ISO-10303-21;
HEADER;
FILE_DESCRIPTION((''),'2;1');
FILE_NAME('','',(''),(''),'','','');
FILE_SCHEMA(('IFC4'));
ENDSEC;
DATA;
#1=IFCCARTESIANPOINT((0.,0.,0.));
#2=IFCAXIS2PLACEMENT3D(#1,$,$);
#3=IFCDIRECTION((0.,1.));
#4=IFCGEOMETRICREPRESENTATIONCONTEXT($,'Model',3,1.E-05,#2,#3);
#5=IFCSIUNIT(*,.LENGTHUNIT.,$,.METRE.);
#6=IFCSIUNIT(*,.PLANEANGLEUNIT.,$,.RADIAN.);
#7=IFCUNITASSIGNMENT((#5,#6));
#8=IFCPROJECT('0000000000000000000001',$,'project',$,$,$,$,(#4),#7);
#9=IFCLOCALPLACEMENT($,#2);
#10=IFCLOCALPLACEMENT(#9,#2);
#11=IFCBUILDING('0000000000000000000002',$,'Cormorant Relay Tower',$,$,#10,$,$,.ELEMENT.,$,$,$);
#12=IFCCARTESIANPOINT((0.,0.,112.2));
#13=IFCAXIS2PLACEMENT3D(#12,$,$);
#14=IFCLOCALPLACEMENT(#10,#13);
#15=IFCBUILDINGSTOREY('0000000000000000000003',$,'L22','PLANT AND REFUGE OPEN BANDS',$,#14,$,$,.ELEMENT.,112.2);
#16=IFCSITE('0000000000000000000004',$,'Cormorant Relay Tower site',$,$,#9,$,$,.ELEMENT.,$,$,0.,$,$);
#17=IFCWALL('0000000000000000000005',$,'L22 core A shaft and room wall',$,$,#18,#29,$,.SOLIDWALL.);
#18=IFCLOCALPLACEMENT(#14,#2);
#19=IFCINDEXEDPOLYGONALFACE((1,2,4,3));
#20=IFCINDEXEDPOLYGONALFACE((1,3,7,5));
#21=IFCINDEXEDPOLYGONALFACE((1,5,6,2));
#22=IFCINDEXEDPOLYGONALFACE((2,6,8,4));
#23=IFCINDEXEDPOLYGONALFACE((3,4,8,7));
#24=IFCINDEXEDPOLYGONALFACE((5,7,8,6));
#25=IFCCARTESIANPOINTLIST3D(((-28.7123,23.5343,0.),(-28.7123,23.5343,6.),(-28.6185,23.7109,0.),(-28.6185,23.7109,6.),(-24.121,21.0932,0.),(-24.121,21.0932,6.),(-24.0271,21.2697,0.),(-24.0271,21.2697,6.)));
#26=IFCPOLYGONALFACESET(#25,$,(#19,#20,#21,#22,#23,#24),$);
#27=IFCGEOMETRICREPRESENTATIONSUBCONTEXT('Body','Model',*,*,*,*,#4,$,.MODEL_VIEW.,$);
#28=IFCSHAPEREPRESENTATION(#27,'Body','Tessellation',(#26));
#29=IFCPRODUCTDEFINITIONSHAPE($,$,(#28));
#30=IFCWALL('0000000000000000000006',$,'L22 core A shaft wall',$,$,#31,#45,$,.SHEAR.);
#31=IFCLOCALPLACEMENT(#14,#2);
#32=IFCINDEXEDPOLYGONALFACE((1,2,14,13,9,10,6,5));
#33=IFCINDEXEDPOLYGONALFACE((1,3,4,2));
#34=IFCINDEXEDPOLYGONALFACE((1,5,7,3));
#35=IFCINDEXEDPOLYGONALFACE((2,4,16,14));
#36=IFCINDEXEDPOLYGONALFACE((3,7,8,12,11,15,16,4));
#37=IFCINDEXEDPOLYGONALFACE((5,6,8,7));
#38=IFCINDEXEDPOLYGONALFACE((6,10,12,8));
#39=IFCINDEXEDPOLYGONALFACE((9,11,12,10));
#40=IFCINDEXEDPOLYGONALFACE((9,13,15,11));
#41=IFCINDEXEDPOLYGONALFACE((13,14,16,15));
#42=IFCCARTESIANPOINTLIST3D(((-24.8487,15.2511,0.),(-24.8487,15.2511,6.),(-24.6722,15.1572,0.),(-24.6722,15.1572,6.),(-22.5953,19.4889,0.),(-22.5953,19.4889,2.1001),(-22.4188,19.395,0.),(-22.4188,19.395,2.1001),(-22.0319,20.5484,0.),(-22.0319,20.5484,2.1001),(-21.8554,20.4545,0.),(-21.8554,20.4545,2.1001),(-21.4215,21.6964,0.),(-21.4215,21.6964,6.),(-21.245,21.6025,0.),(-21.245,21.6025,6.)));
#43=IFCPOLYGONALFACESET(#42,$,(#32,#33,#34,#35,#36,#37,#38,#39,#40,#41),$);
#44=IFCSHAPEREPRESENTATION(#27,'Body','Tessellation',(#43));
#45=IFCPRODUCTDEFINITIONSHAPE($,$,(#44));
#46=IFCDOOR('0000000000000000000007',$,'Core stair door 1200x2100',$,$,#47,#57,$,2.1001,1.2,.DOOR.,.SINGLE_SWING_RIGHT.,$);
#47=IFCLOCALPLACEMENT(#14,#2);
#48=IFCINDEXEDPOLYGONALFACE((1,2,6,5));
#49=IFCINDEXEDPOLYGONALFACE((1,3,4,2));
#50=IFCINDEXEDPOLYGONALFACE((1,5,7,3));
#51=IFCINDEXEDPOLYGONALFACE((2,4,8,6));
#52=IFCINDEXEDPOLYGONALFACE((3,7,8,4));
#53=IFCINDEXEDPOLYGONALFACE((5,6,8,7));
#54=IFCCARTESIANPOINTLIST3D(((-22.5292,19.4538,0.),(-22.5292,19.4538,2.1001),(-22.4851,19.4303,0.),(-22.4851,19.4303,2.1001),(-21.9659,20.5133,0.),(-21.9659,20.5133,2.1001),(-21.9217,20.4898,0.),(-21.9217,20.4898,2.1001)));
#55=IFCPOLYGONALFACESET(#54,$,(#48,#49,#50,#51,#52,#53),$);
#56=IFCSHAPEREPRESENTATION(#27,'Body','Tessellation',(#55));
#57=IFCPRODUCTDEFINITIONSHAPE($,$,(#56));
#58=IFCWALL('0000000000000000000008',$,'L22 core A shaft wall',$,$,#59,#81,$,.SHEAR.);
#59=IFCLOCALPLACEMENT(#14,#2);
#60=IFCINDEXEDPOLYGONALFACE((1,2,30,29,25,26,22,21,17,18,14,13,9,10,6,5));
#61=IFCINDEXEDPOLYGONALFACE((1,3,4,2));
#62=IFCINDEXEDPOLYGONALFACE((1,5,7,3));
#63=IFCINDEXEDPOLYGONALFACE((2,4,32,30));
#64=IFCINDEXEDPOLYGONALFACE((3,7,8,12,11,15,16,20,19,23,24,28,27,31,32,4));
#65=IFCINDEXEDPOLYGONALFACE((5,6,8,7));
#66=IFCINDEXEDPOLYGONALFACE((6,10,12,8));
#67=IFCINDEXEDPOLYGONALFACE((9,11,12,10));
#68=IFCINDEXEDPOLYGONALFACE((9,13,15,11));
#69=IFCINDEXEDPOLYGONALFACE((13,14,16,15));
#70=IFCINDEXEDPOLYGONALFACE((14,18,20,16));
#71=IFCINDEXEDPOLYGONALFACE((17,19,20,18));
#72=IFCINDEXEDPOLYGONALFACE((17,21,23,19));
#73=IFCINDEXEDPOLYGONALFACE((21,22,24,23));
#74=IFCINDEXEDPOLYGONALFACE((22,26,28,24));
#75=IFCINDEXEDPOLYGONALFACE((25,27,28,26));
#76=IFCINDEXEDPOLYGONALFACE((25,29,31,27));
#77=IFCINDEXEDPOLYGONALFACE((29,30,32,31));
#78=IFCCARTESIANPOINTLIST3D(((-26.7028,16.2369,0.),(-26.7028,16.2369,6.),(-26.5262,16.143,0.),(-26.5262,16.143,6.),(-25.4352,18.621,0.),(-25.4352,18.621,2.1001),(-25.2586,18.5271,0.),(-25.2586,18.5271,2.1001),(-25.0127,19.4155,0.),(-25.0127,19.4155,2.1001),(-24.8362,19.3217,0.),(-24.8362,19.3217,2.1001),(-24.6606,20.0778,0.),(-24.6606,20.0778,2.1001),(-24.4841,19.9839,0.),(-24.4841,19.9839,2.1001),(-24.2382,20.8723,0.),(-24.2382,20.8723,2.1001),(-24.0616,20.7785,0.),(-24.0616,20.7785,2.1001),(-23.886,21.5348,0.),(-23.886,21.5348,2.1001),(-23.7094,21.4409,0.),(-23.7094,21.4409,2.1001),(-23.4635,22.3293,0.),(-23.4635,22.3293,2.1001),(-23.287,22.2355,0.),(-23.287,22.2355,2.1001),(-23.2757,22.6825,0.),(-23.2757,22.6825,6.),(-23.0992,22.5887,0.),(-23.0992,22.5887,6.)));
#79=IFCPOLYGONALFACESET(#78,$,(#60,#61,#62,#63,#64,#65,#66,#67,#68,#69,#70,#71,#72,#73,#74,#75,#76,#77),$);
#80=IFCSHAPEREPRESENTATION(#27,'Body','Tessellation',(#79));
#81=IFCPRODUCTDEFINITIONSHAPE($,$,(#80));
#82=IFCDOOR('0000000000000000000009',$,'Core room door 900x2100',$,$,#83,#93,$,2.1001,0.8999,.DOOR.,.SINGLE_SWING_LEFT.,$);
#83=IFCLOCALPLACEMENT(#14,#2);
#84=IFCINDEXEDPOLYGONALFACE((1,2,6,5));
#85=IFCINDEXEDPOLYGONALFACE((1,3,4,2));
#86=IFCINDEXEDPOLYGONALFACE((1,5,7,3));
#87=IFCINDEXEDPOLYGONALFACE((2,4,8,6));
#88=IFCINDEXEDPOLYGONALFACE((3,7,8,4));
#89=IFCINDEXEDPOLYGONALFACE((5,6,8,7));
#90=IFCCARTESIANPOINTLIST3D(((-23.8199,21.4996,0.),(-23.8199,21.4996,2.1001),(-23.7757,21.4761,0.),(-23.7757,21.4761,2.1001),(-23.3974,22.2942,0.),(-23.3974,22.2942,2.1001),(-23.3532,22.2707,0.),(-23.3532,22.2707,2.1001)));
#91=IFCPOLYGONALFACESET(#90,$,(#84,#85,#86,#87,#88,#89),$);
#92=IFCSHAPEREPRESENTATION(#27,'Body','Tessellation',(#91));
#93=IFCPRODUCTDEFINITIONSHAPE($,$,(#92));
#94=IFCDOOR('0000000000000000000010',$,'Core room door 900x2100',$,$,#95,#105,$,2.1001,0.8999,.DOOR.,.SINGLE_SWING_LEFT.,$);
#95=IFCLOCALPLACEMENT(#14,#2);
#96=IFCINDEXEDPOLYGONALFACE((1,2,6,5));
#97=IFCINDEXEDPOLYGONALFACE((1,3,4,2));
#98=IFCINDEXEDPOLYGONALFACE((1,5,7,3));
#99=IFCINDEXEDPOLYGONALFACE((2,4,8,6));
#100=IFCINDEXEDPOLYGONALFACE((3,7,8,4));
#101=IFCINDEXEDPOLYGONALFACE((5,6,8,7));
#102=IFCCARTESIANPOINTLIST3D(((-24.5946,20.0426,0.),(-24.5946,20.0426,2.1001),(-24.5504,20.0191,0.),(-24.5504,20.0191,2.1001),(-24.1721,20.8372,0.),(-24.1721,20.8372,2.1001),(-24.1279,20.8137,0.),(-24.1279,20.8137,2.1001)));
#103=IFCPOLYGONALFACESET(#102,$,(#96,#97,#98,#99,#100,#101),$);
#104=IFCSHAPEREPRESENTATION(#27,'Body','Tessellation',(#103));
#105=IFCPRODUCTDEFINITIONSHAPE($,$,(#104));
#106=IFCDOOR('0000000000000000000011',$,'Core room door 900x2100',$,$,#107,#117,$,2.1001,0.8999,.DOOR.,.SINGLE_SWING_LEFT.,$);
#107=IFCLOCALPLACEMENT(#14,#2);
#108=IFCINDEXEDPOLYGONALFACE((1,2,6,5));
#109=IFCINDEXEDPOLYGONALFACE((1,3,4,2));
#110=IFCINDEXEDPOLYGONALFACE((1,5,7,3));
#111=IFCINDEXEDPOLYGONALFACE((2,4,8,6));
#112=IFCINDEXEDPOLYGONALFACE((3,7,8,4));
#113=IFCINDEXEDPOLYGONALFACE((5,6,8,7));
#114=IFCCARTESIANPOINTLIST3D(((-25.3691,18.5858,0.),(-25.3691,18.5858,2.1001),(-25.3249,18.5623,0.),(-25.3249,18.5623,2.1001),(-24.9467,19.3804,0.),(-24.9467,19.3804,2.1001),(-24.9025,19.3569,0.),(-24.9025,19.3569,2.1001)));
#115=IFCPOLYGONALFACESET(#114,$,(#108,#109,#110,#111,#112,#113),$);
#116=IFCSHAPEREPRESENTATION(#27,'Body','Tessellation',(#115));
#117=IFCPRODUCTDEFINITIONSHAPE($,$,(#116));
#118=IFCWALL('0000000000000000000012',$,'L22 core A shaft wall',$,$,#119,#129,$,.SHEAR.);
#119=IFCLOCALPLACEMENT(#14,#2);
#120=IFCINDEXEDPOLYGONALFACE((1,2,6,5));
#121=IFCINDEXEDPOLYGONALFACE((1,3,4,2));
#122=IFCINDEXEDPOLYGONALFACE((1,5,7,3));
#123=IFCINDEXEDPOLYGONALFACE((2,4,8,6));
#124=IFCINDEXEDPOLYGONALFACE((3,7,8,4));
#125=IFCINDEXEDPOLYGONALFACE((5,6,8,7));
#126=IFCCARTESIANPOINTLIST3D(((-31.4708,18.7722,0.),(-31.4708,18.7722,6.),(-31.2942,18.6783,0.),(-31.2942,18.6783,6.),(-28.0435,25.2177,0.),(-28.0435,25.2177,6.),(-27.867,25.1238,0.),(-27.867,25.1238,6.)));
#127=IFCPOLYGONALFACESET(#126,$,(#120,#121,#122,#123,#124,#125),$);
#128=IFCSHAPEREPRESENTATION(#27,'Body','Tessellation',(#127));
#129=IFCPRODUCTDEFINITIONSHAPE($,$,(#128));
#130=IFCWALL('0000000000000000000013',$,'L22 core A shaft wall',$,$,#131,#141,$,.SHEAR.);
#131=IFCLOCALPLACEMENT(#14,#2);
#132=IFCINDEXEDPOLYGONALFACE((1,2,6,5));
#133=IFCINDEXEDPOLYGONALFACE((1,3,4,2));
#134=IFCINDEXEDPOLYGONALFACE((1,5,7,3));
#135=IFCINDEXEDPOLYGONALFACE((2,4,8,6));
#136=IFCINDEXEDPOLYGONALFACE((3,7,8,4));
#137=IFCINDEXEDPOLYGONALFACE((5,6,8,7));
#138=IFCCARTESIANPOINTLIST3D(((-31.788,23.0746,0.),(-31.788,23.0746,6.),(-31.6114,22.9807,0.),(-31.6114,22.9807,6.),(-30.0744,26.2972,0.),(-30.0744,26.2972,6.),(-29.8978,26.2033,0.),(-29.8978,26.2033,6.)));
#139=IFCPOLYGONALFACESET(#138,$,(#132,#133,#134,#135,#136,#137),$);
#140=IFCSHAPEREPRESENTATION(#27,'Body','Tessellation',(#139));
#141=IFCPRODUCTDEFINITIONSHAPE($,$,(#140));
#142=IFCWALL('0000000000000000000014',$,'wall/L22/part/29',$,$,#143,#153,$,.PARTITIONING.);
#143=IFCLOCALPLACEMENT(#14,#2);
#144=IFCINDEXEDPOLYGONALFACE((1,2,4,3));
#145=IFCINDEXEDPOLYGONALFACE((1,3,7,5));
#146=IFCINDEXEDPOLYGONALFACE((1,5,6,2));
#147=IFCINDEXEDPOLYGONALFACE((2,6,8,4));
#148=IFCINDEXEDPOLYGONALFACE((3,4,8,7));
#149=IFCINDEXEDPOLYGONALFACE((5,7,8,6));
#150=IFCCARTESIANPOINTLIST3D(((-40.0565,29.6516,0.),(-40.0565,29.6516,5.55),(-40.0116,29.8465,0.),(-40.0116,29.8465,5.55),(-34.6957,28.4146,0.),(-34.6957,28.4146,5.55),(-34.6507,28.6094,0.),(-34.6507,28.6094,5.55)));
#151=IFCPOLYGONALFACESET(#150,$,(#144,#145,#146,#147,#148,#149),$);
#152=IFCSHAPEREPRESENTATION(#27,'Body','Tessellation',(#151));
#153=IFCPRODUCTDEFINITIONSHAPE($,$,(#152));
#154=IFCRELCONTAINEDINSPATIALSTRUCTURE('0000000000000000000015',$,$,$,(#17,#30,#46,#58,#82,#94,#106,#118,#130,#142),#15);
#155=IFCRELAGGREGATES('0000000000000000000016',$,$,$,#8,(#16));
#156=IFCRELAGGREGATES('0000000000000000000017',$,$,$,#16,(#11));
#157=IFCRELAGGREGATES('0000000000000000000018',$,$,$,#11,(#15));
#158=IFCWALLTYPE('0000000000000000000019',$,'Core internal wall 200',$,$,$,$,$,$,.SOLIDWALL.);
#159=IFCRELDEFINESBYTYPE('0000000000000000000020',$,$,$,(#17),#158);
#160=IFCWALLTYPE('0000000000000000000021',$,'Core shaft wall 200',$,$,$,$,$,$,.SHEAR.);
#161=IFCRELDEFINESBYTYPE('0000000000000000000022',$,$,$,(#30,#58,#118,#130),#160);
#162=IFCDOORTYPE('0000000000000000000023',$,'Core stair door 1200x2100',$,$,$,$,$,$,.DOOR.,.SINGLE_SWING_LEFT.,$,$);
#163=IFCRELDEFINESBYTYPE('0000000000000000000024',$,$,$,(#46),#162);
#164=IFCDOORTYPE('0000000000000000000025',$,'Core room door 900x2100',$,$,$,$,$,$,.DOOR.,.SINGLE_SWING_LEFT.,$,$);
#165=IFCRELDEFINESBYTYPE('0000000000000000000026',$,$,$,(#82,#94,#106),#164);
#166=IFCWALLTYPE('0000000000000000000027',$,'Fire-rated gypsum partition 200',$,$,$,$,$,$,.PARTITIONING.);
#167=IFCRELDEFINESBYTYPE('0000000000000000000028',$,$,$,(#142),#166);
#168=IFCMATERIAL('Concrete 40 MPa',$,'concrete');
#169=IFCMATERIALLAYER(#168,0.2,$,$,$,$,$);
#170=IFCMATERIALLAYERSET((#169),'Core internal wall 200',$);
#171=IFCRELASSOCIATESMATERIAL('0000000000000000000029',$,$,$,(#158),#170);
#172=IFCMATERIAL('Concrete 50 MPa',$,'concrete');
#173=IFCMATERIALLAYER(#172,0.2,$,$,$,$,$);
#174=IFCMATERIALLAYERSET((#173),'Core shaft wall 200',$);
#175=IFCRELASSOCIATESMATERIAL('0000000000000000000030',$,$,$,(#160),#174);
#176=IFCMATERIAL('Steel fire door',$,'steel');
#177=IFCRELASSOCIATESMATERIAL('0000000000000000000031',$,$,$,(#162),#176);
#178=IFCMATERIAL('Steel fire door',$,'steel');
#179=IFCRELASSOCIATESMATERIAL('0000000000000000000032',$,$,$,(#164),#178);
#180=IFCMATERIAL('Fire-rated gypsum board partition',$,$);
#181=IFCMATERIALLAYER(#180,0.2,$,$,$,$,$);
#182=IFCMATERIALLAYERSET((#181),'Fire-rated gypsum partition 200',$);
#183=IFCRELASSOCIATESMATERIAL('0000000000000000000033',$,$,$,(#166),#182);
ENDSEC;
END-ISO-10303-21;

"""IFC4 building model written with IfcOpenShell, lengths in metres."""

from ifc_helpers import new_model, si_unit, direction, frame, frame_2d, origin, place, context, subcontext, project, spatial, rectangle, extrude, material, layer, layer_set, type_object, element, fill, save


model = new_model("IFC4")

# Units and contexts
model_context = context("Model", 3, precision=1e-05, world=origin(), true_north=direction((0.0, 1.0)))
body_context = subcontext(model_context, "Body", "Model", "MODEL_VIEW")
ifc_project = project(units=[si_unit("LENGTHUNIT", "METRE"), si_unit("PLANEANGLEUNIT", "RADIAN")], contexts=[model_context])

# Site, building, storey
site_placement = place(None, origin())
site = spatial("IfcSite", under=ifc_project, at=site_placement, Name="Cormorant Relay Tower site", CompositionType="ELEMENT", RefElevation=0.0)
building_placement = place(site_placement, origin())
building = spatial("IfcBuilding", under=site, at=building_placement, Name="Cormorant Relay Tower", CompositionType="ELEMENT")
storey_placement = place(building_placement, frame((0.0, 0.0, 112.2)))
storey = spatial("IfcBuildingStorey", under=building, at=storey_placement, Name="L22", Description="PLANT AND REFUGE OPEN BANDS", CompositionType="ELEMENT", Elevation=112.2)

# Wall
ifc_material_1 = material(Name="Concrete 40 MPa", Category="concrete")
ifc_layer_1 = layer(ifc_material_1, 0.2)
ifc_layer_set_1 = layer_set([ifc_layer_1], Name="Core internal wall 200")
wall_type_1 = type_object("IfcWallType", Name="Core internal wall 200", PredefinedType="SOLIDWALL", material=ifc_layer_set_1)
wall_1_placement = place(storey_placement, frame((-24.074, 21.1814, 0.0), z_axis=(0.0, 0.0, 1.0), x_axis=(-0.882954, 0.46946, 0.0)))
element("IfcWall", 1, at=wall_1_placement, inside=storey, type_object=wall_type_1, Name="L22 core A shaft and room wall", PredefinedType="SOLIDWALL", context=body_context, shape_type="SweptSolid", body=[
    extrude(rectangle(XDim=5.2, YDim=0.2, at=frame_2d((2.6001, 0.0))), origin(), (0.0, 0.0, 1.0), 6.0),
])

# Wall, opening, door
ifc_material_2 = material(Name="Concrete 50 MPa", Category="concrete")
ifc_layer_2 = layer(ifc_material_2, 0.2)
ifc_layer_set_2 = layer_set([ifc_layer_2], Name="Core shaft wall 200")
wall_type_2 = type_object("IfcWallType", Name="Core shaft wall 200", PredefinedType="SHEAR", material=ifc_layer_set_2)
wall_2_placement = place(storey_placement, frame((-21.3333, 21.6494, 0.0), z_axis=(0.0, 0.0, 1.0), x_axis=(-0.469494, -0.882936, 0.0)))
wall_2 = element("IfcWall", 2, at=wall_2_placement, inside=storey, type_object=wall_type_2, Name="L22 core A shaft wall", PredefinedType="SHEAR", context=body_context, shape_type="SweptSolid", body=[
    extrude(rectangle(XDim=7.2998, YDim=0.2, at=frame_2d((3.6499, 0.0))), origin(), (0.0, 0.0, 1.0), 6.0),
])
opening_1_placement = place(wall_2_placement, frame((1.3, 0.0, 0.0)))
opening_1 = element("IfcOpeningElement", 3, at=opening_1_placement, cuts=wall_2, PredefinedType="OPENING", context=body_context, shape_type="SweptSolid", body=[
    extrude(rectangle(XDim=1.2, YDim=2.1001, at=frame_2d((0.6001, 1.05))), frame((0.0, 0.1099, 0.0), z_axis=(0.0, -1.0, 0.0), x_axis=(1.0, 0.0, 0.0)), (0.0, 0.0, 1.0), 0.22),
])
ifc_material_3 = material(Name="Steel fire door", Category="steel")
door_type_1 = type_object("IfcDoorType", Name="Core stair door 1200x2100", OperationType="SINGLE_SWING_LEFT", PredefinedType="DOOR", material=ifc_material_3)
door_1_placement = place(opening_1_placement, origin())
door_1 = element("IfcDoor", 4, at=door_1_placement, inside=storey, type_object=door_type_1, Name="Core stair door 1200x2100", OperationType="SINGLE_SWING_RIGHT", OverallHeight=2.1001, OverallWidth=1.2, PredefinedType="DOOR", context=body_context, shape_type="SweptSolid", body=[
    extrude(rectangle(XDim=1.2, YDim=2.1001, at=frame_2d((0.6001, 1.05))), frame((0.0, 0.0249, 0.0), z_axis=(0.0, -1.0, 0.0), x_axis=(1.0, 0.0, 0.0)), (0.0, 0.0, 1.0), 0.05),
])
fill(opening_1, door_1)

# Wall, openings, doors
wall_3_placement = place(storey_placement, frame((-23.1875, 22.6355, 0.0), z_axis=(0.0, 0.0, 1.0), x_axis=(-0.469454, -0.882957, 0.0)))
wall_3 = element("IfcWall", 5, at=wall_3_placement, inside=storey, type_object=wall_type_2, Name="L22 core A shaft wall", PredefinedType="SHEAR", context=body_context, shape_type="SweptSolid", body=[
    extrude(rectangle(XDim=7.3, YDim=0.2, at=frame_2d((3.6499, 0.0))), origin(), (0.0, 0.0, 1.0), 6.0),
])
opening_2_placement = place(wall_3_placement, frame((0.3999, 0.0, 0.0)))
opening_2 = element("IfcOpeningElement", 6, at=opening_2_placement, cuts=wall_3, PredefinedType="OPENING", context=body_context, shape_type="SweptSolid", body=[
    extrude(rectangle(XDim=0.8999, YDim=2.1001, at=frame_2d((0.45, 1.05))), frame((0.0, 0.1099, 0.0), z_axis=(0.0, -1.0, 0.0), x_axis=(1.0, 0.0, 0.0)), (0.0, 0.0, 1.0), 0.22),
])
opening_3_placement = place(wall_3_placement, frame((2.05, 0.0, 0.0)))
opening_3 = element("IfcOpeningElement", 7, at=opening_3_placement, cuts=wall_3, PredefinedType="OPENING", context=body_context, shape_type="SweptSolid", body=[
    extrude(rectangle(XDim=0.8999, YDim=2.1001, at=frame_2d((0.45, 1.05))), frame((0.0, 0.1099, 0.0), z_axis=(0.0, -1.0, 0.0), x_axis=(1.0, 0.0, 0.0)), (0.0, 0.0, 1.0), 0.22),
])
opening_4_placement = place(wall_3_placement, frame((3.7, 0.0, 0.0)))
opening_4 = element("IfcOpeningElement", 8, at=opening_4_placement, cuts=wall_3, PredefinedType="OPENING", context=body_context, shape_type="SweptSolid", body=[
    extrude(rectangle(XDim=0.8999, YDim=2.1001, at=frame_2d((0.45, 1.05))), frame((0.0, 0.1099, 0.0), z_axis=(0.0, -1.0, 0.0), x_axis=(1.0, 0.0, 0.0)), (0.0, 0.0, 1.0), 0.22),
])
ifc_material_4 = material(Name="Steel fire door", Category="steel")
door_type_2 = type_object("IfcDoorType", Name="Core room door 900x2100", OperationType="SINGLE_SWING_LEFT", PredefinedType="DOOR", material=ifc_material_4)
door_2_placement = place(opening_2_placement, origin())
door_2 = element("IfcDoor", 9, at=door_2_placement, inside=storey, type_object=door_type_2, Name="Core room door 900x2100", OperationType="SINGLE_SWING_LEFT", OverallHeight=2.1001, OverallWidth=0.8999, PredefinedType="DOOR", context=body_context, shape_type="SweptSolid", body=[
    extrude(rectangle(XDim=0.8999, YDim=2.1001, at=frame_2d((0.45, 1.05))), frame((0.0, 0.0249, 0.0), z_axis=(0.0, -1.0, 0.0), x_axis=(1.0, 0.0, 0.0)), (0.0, 0.0, 1.0), 0.05),
])
fill(opening_2, door_2)
door_3_placement = place(opening_3_placement, origin())
door_3 = element("IfcDoor", 10, at=door_3_placement, inside=storey, type_object=door_type_2, Name="Core room door 900x2100", OperationType="SINGLE_SWING_LEFT", OverallHeight=2.1001, OverallWidth=0.8999, PredefinedType="DOOR", context=body_context, shape_type="SweptSolid", body=[
    extrude(rectangle(XDim=0.8999, YDim=2.1001, at=frame_2d((0.45, 1.05))), frame((0.0, 0.0249, 0.0), z_axis=(0.0, -1.0, 0.0), x_axis=(1.0, 0.0, 0.0)), (0.0, 0.0, 1.0), 0.05),
])
fill(opening_3, door_3)
door_4_placement = place(opening_4_placement, origin())
door_4 = element("IfcDoor", 11, at=door_4_placement, inside=storey, type_object=door_type_2, Name="Core room door 900x2100", OperationType="SINGLE_SWING_LEFT", OverallHeight=2.1001, OverallWidth=0.8999, PredefinedType="DOOR", context=body_context, shape_type="SweptSolid", body=[
    extrude(rectangle(XDim=0.8999, YDim=2.1001, at=frame_2d((0.45, 1.05))), frame((0.0, 0.0249, 0.0), z_axis=(0.0, -1.0, 0.0), x_axis=(1.0, 0.0, 0.0)), (0.0, 0.0, 1.0), 0.05),
])
fill(opening_4, door_4)

# Walls
wall_4_placement = place(storey_placement, frame((-27.9553, 25.1707, 0.0), z_axis=(0.0, 0.0, 1.0), x_axis=(-0.46948, -0.882943, 0.0)))
element("IfcWall", 12, at=wall_4_placement, inside=storey, type_object=wall_type_2, Name="L22 core A shaft wall", PredefinedType="SHEAR", context=body_context, shape_type="SweptSolid", body=[
    extrude(rectangle(XDim=7.3, YDim=0.2, at=frame_2d((3.6499, 0.0))), origin(), (0.0, 0.0, 1.0), 6.0),
])
wall_5_placement = place(storey_placement, frame((-29.9861, 26.2502, 0.0), z_axis=(0.0, 0.0, 1.0), x_axis=(-0.469494, -0.882936, 0.0)))
element("IfcWall", 13, at=wall_5_placement, inside=storey, type_object=wall_type_2, Name="L22 core A shaft wall", PredefinedType="SHEAR", context=body_context, shape_type="SweptSolid", body=[
    extrude(rectangle(XDim=3.6499, YDim=0.2, at=frame_2d((1.825, 0.0))), origin(), (0.0, 0.0, 1.0), 6.0),
])

# Wall
ifc_material_5 = material(Name="Fire-rated gypsum board partition")
ifc_layer_3 = layer(ifc_material_5, 0.2)
ifc_layer_set_3 = layer_set([ifc_layer_3], Name="Fire-rated gypsum partition 200")
wall_type_3 = type_object("IfcWallType", Name="Fire-rated gypsum partition 200", PredefinedType="PARTITIONING", material=ifc_layer_set_3)
wall_6_placement = place(storey_placement, frame((-34.6731, 28.512, 0.0), z_axis=(0.0, 0.0, 1.0), x_axis=(-0.974393, 0.22485, 0.0)))
element("IfcWall", 14, at=wall_6_placement, inside=storey, type_object=wall_type_3, Name="wall/L22/part/29", PredefinedType="PARTITIONING", context=body_context, shape_type="SweptSolid", body=[
    extrude(rectangle(XDim=5.5017, YDim=0.2, at=frame_2d((2.751, 0.0))), origin(), (0.0, 0.0, 1.0), 5.55),
])

save(model, "model.ifc")
